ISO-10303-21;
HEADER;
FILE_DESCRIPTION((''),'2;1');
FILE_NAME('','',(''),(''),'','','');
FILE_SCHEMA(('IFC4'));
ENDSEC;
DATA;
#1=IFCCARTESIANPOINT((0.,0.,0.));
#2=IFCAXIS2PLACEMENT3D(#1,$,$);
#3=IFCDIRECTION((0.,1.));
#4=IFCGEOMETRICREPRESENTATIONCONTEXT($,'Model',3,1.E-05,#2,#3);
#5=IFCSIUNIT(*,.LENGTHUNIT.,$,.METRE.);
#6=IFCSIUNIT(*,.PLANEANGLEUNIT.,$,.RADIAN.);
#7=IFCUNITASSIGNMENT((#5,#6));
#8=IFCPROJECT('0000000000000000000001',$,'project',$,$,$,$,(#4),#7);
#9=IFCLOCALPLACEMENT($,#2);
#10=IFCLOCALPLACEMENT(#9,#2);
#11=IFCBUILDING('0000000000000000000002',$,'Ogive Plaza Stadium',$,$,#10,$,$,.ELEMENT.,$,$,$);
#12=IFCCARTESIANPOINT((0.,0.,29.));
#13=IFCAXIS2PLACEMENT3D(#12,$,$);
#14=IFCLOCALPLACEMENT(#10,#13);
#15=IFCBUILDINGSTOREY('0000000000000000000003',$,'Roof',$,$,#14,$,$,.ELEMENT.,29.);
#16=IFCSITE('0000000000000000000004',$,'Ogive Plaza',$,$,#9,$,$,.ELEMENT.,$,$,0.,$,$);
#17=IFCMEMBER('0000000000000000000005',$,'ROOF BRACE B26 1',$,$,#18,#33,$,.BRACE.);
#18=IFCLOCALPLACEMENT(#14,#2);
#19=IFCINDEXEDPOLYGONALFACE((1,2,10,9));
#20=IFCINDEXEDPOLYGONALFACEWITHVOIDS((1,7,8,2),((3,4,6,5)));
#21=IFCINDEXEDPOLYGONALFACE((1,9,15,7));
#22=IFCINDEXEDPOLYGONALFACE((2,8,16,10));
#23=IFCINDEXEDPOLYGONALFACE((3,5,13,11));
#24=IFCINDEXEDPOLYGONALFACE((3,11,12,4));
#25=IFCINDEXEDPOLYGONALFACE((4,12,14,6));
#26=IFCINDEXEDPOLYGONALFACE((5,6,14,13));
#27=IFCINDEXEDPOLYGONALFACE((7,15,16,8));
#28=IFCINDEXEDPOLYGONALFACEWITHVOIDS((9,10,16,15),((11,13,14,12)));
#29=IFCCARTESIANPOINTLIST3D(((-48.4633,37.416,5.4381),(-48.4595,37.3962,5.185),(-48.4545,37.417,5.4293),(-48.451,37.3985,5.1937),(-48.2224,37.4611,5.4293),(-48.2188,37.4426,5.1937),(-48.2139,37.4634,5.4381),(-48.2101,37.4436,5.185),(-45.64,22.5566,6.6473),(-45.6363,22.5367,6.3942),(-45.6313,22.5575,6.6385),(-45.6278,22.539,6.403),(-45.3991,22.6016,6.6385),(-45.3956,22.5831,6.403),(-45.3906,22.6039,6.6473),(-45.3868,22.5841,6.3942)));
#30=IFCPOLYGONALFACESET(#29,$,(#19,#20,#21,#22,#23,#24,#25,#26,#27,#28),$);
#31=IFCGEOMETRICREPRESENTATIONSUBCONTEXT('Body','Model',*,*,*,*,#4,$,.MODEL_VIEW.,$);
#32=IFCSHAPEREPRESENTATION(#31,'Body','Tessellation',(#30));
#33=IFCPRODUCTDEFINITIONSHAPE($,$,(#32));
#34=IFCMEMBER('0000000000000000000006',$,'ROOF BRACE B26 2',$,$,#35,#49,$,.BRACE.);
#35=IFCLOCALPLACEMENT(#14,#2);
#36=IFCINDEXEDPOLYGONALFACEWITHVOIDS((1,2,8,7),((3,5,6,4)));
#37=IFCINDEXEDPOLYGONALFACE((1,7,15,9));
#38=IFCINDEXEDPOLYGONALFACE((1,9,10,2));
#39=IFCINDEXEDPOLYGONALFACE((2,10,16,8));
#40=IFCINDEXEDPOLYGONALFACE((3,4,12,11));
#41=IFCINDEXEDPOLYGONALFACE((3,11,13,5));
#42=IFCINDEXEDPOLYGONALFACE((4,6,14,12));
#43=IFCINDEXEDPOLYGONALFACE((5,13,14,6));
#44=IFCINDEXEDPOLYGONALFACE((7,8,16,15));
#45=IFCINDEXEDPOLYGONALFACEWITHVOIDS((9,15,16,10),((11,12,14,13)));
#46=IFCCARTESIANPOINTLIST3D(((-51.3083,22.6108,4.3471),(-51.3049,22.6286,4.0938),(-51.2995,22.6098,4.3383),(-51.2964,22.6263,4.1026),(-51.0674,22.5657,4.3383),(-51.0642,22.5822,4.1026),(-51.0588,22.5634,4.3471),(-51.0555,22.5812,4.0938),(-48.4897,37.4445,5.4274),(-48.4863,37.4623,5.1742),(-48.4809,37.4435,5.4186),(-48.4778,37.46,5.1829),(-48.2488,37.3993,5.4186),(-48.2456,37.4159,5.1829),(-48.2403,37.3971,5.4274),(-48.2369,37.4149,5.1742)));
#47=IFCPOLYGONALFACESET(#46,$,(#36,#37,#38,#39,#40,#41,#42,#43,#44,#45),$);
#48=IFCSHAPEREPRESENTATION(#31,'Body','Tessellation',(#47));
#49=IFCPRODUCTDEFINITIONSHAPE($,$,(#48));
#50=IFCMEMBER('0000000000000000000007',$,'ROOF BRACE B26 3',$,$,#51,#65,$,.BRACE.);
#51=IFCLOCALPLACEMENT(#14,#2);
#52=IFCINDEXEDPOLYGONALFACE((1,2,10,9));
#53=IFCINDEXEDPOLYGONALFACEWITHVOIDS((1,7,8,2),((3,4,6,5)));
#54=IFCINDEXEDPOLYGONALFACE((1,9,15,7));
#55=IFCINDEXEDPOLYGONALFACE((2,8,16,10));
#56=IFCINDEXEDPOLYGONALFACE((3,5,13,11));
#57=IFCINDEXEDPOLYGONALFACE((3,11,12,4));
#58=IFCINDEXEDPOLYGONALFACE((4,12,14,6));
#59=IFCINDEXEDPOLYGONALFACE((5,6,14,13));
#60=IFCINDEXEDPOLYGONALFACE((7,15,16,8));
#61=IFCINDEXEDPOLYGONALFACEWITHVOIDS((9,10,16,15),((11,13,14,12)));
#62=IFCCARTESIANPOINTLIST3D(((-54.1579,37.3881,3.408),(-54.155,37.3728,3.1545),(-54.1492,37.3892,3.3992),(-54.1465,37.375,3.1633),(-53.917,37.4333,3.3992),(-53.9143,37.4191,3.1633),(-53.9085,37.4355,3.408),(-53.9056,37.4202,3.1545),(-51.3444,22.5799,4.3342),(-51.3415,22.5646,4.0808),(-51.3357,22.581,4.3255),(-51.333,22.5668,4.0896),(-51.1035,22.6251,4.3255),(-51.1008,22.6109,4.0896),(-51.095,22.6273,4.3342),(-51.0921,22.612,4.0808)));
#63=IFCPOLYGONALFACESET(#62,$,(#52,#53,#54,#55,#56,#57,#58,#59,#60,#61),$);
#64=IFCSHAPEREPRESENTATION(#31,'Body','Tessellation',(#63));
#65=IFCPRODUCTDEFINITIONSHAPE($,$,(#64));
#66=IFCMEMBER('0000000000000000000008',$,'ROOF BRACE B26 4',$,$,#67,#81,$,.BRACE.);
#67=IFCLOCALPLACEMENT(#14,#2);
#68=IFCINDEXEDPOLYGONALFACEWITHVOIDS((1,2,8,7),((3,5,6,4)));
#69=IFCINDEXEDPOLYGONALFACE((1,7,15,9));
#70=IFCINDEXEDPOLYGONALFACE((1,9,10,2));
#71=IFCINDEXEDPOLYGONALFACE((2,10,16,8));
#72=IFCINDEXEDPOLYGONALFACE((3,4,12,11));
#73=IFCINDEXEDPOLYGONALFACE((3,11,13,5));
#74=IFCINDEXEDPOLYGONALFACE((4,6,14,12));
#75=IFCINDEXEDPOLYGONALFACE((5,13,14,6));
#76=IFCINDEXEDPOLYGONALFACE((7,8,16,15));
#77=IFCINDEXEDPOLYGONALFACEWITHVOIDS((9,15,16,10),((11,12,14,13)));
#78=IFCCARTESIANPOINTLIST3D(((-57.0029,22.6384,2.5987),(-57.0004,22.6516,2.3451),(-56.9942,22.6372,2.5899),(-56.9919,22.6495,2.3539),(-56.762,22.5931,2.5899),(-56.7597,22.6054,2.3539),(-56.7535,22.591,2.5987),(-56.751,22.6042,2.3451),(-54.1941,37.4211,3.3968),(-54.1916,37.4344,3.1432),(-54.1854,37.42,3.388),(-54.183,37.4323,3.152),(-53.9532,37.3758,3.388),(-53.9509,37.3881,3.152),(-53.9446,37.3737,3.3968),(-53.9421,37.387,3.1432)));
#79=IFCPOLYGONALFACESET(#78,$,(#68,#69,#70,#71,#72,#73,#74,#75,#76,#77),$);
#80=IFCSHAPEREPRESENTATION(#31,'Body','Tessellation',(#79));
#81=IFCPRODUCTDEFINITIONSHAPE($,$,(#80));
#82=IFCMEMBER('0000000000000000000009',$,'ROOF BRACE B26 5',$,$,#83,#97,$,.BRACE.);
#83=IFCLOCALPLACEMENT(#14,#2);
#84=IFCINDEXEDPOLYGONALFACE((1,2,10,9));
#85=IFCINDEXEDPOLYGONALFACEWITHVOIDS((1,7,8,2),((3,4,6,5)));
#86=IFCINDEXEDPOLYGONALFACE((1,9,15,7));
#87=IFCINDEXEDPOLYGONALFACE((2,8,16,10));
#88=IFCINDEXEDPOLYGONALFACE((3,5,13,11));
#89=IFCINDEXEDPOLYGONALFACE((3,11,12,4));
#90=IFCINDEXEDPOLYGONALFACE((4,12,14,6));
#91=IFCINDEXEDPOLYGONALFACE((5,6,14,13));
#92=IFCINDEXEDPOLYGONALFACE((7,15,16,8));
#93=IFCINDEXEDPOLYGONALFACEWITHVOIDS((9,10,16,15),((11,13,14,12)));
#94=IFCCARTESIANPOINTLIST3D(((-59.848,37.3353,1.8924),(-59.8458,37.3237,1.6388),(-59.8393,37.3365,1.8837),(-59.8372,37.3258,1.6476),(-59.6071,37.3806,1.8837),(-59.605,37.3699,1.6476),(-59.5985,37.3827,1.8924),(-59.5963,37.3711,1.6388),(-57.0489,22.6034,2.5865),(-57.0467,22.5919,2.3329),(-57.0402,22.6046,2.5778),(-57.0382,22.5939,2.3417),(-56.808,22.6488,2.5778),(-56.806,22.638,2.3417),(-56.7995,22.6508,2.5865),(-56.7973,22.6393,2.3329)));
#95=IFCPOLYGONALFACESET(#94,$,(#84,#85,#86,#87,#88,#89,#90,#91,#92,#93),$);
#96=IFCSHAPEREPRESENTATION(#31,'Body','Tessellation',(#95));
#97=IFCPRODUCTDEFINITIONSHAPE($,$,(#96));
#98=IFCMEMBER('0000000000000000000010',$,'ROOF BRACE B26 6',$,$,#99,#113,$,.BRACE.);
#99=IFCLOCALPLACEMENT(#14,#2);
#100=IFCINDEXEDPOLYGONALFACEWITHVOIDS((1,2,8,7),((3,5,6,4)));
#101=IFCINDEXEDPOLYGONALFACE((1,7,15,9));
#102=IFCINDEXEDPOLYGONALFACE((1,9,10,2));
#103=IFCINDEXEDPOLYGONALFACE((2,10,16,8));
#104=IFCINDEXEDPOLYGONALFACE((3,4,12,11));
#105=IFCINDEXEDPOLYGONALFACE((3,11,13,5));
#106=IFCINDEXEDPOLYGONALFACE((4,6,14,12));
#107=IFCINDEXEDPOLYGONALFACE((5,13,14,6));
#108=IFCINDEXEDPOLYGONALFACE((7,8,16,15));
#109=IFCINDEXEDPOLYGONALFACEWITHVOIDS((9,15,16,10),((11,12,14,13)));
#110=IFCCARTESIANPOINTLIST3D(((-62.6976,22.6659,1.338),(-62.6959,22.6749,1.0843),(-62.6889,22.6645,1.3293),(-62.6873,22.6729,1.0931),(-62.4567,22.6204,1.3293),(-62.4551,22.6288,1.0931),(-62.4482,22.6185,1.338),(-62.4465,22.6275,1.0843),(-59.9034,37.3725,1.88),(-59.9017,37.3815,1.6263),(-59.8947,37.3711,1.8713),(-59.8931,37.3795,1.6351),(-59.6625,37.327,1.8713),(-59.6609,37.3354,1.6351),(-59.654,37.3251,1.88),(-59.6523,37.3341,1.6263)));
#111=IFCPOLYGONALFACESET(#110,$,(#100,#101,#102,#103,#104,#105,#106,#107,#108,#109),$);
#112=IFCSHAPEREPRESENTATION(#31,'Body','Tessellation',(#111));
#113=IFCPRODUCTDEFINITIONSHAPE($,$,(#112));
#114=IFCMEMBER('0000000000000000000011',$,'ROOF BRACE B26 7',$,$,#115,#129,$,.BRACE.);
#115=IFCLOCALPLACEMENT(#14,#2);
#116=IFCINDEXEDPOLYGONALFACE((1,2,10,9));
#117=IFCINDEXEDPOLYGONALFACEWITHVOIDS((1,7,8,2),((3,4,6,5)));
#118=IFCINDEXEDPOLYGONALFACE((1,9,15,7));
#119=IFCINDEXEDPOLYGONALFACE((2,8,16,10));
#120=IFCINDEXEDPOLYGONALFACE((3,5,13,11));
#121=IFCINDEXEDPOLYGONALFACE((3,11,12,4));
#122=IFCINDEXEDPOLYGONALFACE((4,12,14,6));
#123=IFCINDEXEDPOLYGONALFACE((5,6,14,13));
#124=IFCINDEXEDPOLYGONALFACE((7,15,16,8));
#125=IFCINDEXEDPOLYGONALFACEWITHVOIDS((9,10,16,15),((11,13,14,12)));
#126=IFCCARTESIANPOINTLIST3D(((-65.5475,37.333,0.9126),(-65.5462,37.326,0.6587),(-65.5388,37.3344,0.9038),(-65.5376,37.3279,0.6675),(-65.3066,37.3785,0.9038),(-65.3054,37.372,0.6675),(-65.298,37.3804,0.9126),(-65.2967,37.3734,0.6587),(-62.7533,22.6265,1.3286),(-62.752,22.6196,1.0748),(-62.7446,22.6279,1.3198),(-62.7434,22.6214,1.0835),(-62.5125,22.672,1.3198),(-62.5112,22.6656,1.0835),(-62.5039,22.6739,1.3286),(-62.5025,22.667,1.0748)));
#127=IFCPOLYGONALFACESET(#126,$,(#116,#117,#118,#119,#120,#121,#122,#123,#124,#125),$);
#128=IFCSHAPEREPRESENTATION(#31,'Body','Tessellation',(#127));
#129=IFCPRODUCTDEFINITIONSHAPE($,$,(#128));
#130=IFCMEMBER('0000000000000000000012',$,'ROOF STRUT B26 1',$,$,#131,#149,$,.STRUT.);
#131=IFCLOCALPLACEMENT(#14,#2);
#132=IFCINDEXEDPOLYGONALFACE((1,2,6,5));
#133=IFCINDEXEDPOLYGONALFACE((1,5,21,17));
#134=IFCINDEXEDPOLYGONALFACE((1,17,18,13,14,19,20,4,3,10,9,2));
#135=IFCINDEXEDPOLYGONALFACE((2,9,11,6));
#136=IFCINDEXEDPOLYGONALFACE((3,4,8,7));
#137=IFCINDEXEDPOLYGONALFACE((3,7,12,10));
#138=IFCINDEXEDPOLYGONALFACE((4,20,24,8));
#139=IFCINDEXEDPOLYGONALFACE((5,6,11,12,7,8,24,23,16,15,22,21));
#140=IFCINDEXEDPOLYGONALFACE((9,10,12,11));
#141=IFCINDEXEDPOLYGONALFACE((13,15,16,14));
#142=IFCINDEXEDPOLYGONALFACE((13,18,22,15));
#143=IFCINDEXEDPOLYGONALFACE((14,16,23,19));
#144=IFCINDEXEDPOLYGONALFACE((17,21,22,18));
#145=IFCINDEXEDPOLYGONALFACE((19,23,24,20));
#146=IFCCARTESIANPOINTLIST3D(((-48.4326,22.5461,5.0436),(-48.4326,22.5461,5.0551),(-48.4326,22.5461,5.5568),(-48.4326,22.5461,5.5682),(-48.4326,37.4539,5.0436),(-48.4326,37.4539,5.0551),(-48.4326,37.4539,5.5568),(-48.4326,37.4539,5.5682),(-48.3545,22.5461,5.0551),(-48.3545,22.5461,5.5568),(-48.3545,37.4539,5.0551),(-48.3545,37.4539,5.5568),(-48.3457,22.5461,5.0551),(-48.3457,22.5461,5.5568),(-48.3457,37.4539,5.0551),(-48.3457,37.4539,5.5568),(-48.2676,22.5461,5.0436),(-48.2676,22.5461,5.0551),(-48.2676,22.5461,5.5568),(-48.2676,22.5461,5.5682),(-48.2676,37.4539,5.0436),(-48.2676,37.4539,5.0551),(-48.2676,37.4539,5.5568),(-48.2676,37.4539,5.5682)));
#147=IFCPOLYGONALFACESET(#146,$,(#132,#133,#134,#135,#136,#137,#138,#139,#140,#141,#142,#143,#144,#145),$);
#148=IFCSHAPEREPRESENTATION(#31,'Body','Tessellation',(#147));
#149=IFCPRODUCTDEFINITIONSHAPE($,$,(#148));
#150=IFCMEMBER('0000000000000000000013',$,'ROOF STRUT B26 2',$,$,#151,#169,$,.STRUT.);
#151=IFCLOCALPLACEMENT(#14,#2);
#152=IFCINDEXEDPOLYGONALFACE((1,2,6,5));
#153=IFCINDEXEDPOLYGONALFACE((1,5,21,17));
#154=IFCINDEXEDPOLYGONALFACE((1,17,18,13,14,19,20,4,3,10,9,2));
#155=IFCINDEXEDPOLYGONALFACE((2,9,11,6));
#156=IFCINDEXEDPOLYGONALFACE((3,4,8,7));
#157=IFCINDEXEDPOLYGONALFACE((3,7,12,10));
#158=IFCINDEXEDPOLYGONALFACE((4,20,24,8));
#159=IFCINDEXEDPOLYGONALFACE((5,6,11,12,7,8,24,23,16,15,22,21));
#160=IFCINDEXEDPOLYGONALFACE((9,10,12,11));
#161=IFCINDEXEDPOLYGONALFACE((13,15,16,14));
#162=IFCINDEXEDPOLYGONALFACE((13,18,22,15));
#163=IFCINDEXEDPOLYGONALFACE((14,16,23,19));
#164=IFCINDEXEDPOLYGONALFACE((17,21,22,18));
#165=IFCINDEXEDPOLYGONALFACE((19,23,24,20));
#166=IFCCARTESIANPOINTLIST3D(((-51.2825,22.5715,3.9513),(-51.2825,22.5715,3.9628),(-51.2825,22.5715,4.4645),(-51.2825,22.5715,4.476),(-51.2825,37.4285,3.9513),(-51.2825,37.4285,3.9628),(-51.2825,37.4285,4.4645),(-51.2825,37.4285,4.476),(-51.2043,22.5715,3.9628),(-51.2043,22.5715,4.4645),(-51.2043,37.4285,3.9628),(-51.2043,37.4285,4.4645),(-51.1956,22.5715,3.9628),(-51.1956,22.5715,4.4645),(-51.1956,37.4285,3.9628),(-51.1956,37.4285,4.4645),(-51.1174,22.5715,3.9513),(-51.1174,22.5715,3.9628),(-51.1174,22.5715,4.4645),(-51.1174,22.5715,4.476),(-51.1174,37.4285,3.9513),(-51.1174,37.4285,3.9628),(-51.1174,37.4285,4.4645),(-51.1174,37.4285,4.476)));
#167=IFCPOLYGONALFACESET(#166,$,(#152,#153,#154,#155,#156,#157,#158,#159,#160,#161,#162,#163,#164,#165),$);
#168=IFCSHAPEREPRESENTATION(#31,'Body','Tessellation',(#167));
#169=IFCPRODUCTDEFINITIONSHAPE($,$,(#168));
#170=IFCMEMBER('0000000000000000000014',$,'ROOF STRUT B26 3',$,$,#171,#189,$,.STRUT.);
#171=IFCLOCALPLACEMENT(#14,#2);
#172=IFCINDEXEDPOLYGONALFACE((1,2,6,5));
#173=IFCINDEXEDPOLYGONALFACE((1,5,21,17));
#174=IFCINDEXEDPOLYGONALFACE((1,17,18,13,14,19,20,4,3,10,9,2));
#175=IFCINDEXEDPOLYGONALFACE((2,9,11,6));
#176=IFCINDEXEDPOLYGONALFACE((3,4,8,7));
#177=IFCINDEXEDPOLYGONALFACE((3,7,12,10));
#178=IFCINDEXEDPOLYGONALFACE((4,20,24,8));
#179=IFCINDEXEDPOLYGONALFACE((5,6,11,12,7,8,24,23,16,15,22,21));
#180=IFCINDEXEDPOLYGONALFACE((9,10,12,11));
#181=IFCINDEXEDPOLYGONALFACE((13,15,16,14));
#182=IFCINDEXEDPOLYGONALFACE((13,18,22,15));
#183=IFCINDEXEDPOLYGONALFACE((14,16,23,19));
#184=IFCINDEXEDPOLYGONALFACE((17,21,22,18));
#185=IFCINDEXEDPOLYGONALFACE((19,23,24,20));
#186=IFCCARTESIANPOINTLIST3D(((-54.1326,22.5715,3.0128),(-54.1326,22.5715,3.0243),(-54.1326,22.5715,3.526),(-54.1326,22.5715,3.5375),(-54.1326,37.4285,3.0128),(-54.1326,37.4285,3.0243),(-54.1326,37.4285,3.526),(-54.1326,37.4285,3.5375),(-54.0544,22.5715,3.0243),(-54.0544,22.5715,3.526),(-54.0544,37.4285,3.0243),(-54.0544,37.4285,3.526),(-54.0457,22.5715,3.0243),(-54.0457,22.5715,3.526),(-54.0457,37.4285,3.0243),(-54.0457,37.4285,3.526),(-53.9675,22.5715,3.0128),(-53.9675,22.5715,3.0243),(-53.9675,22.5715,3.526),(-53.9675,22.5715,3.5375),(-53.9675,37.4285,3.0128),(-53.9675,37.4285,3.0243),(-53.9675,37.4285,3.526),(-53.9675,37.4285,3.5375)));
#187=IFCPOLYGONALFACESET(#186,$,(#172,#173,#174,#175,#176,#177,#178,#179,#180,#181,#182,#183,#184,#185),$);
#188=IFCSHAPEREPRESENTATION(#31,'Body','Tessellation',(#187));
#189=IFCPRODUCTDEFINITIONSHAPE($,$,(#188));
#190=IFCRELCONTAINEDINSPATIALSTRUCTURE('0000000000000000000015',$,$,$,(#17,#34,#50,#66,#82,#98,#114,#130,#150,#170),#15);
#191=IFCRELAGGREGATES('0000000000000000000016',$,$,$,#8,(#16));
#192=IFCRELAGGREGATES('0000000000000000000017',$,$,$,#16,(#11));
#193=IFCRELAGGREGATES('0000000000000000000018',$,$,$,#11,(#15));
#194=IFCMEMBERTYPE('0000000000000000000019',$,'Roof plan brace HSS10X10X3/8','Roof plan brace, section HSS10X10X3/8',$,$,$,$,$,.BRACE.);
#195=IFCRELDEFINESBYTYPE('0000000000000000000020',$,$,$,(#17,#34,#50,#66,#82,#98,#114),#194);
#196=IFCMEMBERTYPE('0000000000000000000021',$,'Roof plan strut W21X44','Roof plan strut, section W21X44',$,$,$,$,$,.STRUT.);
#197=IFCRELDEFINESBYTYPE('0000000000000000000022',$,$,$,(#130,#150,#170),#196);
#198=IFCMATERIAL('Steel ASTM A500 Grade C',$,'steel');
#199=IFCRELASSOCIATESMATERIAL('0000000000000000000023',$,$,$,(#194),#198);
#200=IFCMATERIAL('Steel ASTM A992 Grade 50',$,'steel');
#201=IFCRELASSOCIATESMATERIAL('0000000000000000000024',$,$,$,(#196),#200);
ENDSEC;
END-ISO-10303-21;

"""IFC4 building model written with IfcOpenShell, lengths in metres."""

from ifc_helpers import new_model, si_unit, direction, frame, origin, origin_2d, place, context, subcontext, project, spatial, hollow_rectangle, i_section, extrude, material, material_profile, profile_set, type_object, element, save


model = new_model("IFC4")

# Units and contexts
model_context = context("Model", 3, precision=1e-05, world=origin(), true_north=direction((0.0, 1.0)))
body_context = subcontext(model_context, "Body", "Model", "MODEL_VIEW")
ifc_project = project(units=[si_unit("LENGTHUNIT", "METRE"), si_unit("PLANEANGLEUNIT", "RADIAN")], contexts=[model_context])

# Site, building, storey
site_placement = place(None, origin())
site = spatial("IfcSite", under=ifc_project, at=site_placement, Name="Ogive Plaza", CompositionType="ELEMENT", RefElevation=0.0)
building_placement = place(site_placement, origin())
building = spatial("IfcBuilding", under=site, at=building_placement, Name="Ogive Plaza Stadium", CompositionType="ELEMENT")
storey_placement = place(building_placement, frame((0.0, 0.0, 29.0)))
storey = spatial("IfcBuildingStorey", under=building, at=storey_placement, Name="Roof", CompositionType="ELEMENT", Elevation=29.0)

# Members
ifc_material_1 = material(Name="Steel ASTM A500 Grade C", Category="steel")
ifc_material_profile_1 = material_profile(ifc_material_1, hollow_rectangle(XDim=0.2539, YDim=0.2539, WallThickness=0.0088, at=origin_2d()), Name="HSS10X10X3/8")
ifc_profile_set_1 = profile_set([ifc_material_profile_1], Name="Steel ASTM A500 Grade C")
member_type_1 = type_object("IfcMemberType", Name="Roof plan brace HSS10X10X3/8", Description="Roof plan brace, section HSS10X10X3/8", PredefinedType="BRACE", material=ifc_profile_set_1)
member_1_placement = place(storey_placement, frame((-45.5134, 22.5703, 6.5208), z_axis=(-0.186064, 0.9793, -0.079694), x_axis=(-0.982425, -0.186658, 0.0)))
element("IfcMember", 1, at=member_1_placement, inside=storey, type_object=member_type_1, Name="ROOF BRACE B26 1", PredefinedType="BRACE", context=body_context, shape_type="SweptSolid", body=[
    extrude(hollow_rectangle(XDim=0.2539, YDim=0.2539, WallThickness=0.0088, at=origin_2d()), origin(), (0.0, 0.0, 1.0), 15.1736),
])
member_2_placement = place(storey_placement, frame((-48.3633, 37.4297, 5.3008), z_axis=(-0.186197, -0.979917, -0.071366), x_axis=(0.982422, -0.186673, 0.0)))
element("IfcMember", 2, at=member_2_placement, inside=storey, type_object=member_type_1, Name="ROOF BRACE B26 2", PredefinedType="BRACE", context=body_context, shape_type="SweptSolid", body=[
    extrude(hollow_rectangle(XDim=0.2539, YDim=0.2539, WallThickness=0.0088, at=origin_2d()), origin(), (0.0, 0.0, 1.0), 15.1377),
])
member_3_placement = place(storey_placement, frame((-51.2183, 22.5959, 4.2075), z_axis=(-0.186305, 0.980575, -0.061336), x_axis=(-0.982425, -0.186657, 0.0)))
element("IfcMember", 3, at=member_3_placement, inside=storey, type_object=member_type_1, Name="ROOF BRACE B26 3", PredefinedType="BRACE", context=body_context, shape_type="SweptSolid", body=[
    extrude(hollow_rectangle(XDim=0.2539, YDim=0.2539, WallThickness=0.0088, at=origin_2d()), origin(), (0.0, 0.0, 1.0), 15.1016),
])
member_4_placement = place(storey_placement, frame((-54.0681, 37.4041, 3.27), z_axis=(-0.186406, -0.981044, -0.052965), x_axis=(0.982423, -0.186668, 0.0)))
element("IfcMember", 4, at=member_4_placement, inside=storey, type_object=member_type_1, Name="ROOF BRACE B26 4", PredefinedType="BRACE", context=body_context, shape_type="SweptSolid", body=[
    extrude(hollow_rectangle(XDim=0.2539, YDim=0.2539, WallThickness=0.0088, at=origin_2d()), origin(), (0.0, 0.0, 1.0), 15.0684),
])
member_5_placement = place(storey_placement, frame((-56.9231, 22.6213, 2.4597), z_axis=(-0.186461, 0.981374, -0.046237), x_axis=(-0.982424, -0.186661, 0.0)))
element("IfcMember", 5, at=member_5_placement, inside=storey, type_object=member_type_1, Name="ROOF BRACE B26 5", PredefinedType="BRACE", context=body_context, shape_type="SweptSolid", body=[
    extrude(hollow_rectangle(XDim=0.2539, YDim=0.2539, WallThickness=0.0088, at=origin_2d()), origin(), (0.0, 0.0, 1.0), 15.0115),
])
member_6_placement = place(storey_placement, frame((-59.7778, 37.3533, 1.7532), z_axis=(-0.186535, -0.981782, -0.036182), x_axis=(0.982425, -0.186657, 0.0)))
element("IfcMember", 6, at=member_6_placement, inside=storey, type_object=member_type_1, Name="ROOF BRACE B26 6", PredefinedType="BRACE", context=body_context, shape_type="SweptSolid", body=[
    extrude(hollow_rectangle(XDim=0.2539, YDim=0.2539, WallThickness=0.0088, at=origin_2d()), origin(), (0.0, 0.0, 1.0), 14.9795),
])
member_7_placement = place(storey_placement, frame((-62.6279, 22.6467, 1.2017), z_axis=(-0.186585, 0.982046, -0.02778), x_axis=(-0.982425, -0.186657, 0.0)))
element("IfcMember", 7, at=member_7_placement, inside=storey, type_object=member_type_1, Name="ROOF BRACE B26 7", PredefinedType="BRACE", context=body_context, shape_type="SweptSolid", body=[
    extrude(hollow_rectangle(XDim=0.2539, YDim=0.2539, WallThickness=0.0088, at=origin_2d()), origin(), (0.0, 0.0, 1.0), 14.9753),
])
ifc_material_2 = material(Name="Steel ASTM A992 Grade 50", Category="steel")
ifc_material_profile_2 = material_profile(ifc_material_2, i_section(OverallWidth=0.165, OverallDepth=0.5247, WebThickness=0.0088, FlangeThickness=0.0115, at=origin_2d()), Name="W21X44")
ifc_profile_set_2 = profile_set([ifc_material_profile_2], Name="Steel ASTM A992 Grade 50")
member_type_2 = type_object("IfcMemberType", Name="Roof plan strut W21X44", Description="Roof plan strut, section W21X44", PredefinedType="STRUT", material=ifc_profile_set_2)
member_8_placement = place(storey_placement, frame((-48.3501, 22.5461, 5.3059), z_axis=(0.0, 1.0, 0.0), x_axis=(-1.0, 0.0, 0.0)))
element("IfcMember", 8, at=member_8_placement, inside=storey, type_object=member_type_2, Name="ROOF STRUT B26 1", PredefinedType="STRUT", context=body_context, shape_type="SweptSolid", body=[
    extrude(i_section(OverallWidth=0.165, OverallDepth=0.5247, WebThickness=0.0088, FlangeThickness=0.0115, at=origin_2d()), origin(), (0.0, 0.0, 1.0), 14.9077),
])
for number, where, z_axis, x_axis, name in (
    (9, (-51.2, 22.5715, 4.2136), (0.0, 1.0, 0.0), (-1.0, 0.0, 0.0), "ROOF STRUT B26 2"),
    (10, (-54.05, 22.5715, 3.2751), (0.0, 1.0, 0.0), (-1.0, 0.0, 0.0), "ROOF STRUT B26 3"),
):
    element("IfcMember", number, at=place(storey_placement, frame(where, z_axis=z_axis, x_axis=x_axis)), inside=storey, type_object=member_type_2, Name=name, PredefinedType="STRUT", context=body_context, shape_type="SweptSolid", body=[
        extrude(i_section(OverallWidth=0.165, OverallDepth=0.5247, WebThickness=0.0088, FlangeThickness=0.0115, at=origin_2d()), origin(), (0.0, 0.0, 1.0), 14.8569),
    ])

save(model, "model.ifc")
